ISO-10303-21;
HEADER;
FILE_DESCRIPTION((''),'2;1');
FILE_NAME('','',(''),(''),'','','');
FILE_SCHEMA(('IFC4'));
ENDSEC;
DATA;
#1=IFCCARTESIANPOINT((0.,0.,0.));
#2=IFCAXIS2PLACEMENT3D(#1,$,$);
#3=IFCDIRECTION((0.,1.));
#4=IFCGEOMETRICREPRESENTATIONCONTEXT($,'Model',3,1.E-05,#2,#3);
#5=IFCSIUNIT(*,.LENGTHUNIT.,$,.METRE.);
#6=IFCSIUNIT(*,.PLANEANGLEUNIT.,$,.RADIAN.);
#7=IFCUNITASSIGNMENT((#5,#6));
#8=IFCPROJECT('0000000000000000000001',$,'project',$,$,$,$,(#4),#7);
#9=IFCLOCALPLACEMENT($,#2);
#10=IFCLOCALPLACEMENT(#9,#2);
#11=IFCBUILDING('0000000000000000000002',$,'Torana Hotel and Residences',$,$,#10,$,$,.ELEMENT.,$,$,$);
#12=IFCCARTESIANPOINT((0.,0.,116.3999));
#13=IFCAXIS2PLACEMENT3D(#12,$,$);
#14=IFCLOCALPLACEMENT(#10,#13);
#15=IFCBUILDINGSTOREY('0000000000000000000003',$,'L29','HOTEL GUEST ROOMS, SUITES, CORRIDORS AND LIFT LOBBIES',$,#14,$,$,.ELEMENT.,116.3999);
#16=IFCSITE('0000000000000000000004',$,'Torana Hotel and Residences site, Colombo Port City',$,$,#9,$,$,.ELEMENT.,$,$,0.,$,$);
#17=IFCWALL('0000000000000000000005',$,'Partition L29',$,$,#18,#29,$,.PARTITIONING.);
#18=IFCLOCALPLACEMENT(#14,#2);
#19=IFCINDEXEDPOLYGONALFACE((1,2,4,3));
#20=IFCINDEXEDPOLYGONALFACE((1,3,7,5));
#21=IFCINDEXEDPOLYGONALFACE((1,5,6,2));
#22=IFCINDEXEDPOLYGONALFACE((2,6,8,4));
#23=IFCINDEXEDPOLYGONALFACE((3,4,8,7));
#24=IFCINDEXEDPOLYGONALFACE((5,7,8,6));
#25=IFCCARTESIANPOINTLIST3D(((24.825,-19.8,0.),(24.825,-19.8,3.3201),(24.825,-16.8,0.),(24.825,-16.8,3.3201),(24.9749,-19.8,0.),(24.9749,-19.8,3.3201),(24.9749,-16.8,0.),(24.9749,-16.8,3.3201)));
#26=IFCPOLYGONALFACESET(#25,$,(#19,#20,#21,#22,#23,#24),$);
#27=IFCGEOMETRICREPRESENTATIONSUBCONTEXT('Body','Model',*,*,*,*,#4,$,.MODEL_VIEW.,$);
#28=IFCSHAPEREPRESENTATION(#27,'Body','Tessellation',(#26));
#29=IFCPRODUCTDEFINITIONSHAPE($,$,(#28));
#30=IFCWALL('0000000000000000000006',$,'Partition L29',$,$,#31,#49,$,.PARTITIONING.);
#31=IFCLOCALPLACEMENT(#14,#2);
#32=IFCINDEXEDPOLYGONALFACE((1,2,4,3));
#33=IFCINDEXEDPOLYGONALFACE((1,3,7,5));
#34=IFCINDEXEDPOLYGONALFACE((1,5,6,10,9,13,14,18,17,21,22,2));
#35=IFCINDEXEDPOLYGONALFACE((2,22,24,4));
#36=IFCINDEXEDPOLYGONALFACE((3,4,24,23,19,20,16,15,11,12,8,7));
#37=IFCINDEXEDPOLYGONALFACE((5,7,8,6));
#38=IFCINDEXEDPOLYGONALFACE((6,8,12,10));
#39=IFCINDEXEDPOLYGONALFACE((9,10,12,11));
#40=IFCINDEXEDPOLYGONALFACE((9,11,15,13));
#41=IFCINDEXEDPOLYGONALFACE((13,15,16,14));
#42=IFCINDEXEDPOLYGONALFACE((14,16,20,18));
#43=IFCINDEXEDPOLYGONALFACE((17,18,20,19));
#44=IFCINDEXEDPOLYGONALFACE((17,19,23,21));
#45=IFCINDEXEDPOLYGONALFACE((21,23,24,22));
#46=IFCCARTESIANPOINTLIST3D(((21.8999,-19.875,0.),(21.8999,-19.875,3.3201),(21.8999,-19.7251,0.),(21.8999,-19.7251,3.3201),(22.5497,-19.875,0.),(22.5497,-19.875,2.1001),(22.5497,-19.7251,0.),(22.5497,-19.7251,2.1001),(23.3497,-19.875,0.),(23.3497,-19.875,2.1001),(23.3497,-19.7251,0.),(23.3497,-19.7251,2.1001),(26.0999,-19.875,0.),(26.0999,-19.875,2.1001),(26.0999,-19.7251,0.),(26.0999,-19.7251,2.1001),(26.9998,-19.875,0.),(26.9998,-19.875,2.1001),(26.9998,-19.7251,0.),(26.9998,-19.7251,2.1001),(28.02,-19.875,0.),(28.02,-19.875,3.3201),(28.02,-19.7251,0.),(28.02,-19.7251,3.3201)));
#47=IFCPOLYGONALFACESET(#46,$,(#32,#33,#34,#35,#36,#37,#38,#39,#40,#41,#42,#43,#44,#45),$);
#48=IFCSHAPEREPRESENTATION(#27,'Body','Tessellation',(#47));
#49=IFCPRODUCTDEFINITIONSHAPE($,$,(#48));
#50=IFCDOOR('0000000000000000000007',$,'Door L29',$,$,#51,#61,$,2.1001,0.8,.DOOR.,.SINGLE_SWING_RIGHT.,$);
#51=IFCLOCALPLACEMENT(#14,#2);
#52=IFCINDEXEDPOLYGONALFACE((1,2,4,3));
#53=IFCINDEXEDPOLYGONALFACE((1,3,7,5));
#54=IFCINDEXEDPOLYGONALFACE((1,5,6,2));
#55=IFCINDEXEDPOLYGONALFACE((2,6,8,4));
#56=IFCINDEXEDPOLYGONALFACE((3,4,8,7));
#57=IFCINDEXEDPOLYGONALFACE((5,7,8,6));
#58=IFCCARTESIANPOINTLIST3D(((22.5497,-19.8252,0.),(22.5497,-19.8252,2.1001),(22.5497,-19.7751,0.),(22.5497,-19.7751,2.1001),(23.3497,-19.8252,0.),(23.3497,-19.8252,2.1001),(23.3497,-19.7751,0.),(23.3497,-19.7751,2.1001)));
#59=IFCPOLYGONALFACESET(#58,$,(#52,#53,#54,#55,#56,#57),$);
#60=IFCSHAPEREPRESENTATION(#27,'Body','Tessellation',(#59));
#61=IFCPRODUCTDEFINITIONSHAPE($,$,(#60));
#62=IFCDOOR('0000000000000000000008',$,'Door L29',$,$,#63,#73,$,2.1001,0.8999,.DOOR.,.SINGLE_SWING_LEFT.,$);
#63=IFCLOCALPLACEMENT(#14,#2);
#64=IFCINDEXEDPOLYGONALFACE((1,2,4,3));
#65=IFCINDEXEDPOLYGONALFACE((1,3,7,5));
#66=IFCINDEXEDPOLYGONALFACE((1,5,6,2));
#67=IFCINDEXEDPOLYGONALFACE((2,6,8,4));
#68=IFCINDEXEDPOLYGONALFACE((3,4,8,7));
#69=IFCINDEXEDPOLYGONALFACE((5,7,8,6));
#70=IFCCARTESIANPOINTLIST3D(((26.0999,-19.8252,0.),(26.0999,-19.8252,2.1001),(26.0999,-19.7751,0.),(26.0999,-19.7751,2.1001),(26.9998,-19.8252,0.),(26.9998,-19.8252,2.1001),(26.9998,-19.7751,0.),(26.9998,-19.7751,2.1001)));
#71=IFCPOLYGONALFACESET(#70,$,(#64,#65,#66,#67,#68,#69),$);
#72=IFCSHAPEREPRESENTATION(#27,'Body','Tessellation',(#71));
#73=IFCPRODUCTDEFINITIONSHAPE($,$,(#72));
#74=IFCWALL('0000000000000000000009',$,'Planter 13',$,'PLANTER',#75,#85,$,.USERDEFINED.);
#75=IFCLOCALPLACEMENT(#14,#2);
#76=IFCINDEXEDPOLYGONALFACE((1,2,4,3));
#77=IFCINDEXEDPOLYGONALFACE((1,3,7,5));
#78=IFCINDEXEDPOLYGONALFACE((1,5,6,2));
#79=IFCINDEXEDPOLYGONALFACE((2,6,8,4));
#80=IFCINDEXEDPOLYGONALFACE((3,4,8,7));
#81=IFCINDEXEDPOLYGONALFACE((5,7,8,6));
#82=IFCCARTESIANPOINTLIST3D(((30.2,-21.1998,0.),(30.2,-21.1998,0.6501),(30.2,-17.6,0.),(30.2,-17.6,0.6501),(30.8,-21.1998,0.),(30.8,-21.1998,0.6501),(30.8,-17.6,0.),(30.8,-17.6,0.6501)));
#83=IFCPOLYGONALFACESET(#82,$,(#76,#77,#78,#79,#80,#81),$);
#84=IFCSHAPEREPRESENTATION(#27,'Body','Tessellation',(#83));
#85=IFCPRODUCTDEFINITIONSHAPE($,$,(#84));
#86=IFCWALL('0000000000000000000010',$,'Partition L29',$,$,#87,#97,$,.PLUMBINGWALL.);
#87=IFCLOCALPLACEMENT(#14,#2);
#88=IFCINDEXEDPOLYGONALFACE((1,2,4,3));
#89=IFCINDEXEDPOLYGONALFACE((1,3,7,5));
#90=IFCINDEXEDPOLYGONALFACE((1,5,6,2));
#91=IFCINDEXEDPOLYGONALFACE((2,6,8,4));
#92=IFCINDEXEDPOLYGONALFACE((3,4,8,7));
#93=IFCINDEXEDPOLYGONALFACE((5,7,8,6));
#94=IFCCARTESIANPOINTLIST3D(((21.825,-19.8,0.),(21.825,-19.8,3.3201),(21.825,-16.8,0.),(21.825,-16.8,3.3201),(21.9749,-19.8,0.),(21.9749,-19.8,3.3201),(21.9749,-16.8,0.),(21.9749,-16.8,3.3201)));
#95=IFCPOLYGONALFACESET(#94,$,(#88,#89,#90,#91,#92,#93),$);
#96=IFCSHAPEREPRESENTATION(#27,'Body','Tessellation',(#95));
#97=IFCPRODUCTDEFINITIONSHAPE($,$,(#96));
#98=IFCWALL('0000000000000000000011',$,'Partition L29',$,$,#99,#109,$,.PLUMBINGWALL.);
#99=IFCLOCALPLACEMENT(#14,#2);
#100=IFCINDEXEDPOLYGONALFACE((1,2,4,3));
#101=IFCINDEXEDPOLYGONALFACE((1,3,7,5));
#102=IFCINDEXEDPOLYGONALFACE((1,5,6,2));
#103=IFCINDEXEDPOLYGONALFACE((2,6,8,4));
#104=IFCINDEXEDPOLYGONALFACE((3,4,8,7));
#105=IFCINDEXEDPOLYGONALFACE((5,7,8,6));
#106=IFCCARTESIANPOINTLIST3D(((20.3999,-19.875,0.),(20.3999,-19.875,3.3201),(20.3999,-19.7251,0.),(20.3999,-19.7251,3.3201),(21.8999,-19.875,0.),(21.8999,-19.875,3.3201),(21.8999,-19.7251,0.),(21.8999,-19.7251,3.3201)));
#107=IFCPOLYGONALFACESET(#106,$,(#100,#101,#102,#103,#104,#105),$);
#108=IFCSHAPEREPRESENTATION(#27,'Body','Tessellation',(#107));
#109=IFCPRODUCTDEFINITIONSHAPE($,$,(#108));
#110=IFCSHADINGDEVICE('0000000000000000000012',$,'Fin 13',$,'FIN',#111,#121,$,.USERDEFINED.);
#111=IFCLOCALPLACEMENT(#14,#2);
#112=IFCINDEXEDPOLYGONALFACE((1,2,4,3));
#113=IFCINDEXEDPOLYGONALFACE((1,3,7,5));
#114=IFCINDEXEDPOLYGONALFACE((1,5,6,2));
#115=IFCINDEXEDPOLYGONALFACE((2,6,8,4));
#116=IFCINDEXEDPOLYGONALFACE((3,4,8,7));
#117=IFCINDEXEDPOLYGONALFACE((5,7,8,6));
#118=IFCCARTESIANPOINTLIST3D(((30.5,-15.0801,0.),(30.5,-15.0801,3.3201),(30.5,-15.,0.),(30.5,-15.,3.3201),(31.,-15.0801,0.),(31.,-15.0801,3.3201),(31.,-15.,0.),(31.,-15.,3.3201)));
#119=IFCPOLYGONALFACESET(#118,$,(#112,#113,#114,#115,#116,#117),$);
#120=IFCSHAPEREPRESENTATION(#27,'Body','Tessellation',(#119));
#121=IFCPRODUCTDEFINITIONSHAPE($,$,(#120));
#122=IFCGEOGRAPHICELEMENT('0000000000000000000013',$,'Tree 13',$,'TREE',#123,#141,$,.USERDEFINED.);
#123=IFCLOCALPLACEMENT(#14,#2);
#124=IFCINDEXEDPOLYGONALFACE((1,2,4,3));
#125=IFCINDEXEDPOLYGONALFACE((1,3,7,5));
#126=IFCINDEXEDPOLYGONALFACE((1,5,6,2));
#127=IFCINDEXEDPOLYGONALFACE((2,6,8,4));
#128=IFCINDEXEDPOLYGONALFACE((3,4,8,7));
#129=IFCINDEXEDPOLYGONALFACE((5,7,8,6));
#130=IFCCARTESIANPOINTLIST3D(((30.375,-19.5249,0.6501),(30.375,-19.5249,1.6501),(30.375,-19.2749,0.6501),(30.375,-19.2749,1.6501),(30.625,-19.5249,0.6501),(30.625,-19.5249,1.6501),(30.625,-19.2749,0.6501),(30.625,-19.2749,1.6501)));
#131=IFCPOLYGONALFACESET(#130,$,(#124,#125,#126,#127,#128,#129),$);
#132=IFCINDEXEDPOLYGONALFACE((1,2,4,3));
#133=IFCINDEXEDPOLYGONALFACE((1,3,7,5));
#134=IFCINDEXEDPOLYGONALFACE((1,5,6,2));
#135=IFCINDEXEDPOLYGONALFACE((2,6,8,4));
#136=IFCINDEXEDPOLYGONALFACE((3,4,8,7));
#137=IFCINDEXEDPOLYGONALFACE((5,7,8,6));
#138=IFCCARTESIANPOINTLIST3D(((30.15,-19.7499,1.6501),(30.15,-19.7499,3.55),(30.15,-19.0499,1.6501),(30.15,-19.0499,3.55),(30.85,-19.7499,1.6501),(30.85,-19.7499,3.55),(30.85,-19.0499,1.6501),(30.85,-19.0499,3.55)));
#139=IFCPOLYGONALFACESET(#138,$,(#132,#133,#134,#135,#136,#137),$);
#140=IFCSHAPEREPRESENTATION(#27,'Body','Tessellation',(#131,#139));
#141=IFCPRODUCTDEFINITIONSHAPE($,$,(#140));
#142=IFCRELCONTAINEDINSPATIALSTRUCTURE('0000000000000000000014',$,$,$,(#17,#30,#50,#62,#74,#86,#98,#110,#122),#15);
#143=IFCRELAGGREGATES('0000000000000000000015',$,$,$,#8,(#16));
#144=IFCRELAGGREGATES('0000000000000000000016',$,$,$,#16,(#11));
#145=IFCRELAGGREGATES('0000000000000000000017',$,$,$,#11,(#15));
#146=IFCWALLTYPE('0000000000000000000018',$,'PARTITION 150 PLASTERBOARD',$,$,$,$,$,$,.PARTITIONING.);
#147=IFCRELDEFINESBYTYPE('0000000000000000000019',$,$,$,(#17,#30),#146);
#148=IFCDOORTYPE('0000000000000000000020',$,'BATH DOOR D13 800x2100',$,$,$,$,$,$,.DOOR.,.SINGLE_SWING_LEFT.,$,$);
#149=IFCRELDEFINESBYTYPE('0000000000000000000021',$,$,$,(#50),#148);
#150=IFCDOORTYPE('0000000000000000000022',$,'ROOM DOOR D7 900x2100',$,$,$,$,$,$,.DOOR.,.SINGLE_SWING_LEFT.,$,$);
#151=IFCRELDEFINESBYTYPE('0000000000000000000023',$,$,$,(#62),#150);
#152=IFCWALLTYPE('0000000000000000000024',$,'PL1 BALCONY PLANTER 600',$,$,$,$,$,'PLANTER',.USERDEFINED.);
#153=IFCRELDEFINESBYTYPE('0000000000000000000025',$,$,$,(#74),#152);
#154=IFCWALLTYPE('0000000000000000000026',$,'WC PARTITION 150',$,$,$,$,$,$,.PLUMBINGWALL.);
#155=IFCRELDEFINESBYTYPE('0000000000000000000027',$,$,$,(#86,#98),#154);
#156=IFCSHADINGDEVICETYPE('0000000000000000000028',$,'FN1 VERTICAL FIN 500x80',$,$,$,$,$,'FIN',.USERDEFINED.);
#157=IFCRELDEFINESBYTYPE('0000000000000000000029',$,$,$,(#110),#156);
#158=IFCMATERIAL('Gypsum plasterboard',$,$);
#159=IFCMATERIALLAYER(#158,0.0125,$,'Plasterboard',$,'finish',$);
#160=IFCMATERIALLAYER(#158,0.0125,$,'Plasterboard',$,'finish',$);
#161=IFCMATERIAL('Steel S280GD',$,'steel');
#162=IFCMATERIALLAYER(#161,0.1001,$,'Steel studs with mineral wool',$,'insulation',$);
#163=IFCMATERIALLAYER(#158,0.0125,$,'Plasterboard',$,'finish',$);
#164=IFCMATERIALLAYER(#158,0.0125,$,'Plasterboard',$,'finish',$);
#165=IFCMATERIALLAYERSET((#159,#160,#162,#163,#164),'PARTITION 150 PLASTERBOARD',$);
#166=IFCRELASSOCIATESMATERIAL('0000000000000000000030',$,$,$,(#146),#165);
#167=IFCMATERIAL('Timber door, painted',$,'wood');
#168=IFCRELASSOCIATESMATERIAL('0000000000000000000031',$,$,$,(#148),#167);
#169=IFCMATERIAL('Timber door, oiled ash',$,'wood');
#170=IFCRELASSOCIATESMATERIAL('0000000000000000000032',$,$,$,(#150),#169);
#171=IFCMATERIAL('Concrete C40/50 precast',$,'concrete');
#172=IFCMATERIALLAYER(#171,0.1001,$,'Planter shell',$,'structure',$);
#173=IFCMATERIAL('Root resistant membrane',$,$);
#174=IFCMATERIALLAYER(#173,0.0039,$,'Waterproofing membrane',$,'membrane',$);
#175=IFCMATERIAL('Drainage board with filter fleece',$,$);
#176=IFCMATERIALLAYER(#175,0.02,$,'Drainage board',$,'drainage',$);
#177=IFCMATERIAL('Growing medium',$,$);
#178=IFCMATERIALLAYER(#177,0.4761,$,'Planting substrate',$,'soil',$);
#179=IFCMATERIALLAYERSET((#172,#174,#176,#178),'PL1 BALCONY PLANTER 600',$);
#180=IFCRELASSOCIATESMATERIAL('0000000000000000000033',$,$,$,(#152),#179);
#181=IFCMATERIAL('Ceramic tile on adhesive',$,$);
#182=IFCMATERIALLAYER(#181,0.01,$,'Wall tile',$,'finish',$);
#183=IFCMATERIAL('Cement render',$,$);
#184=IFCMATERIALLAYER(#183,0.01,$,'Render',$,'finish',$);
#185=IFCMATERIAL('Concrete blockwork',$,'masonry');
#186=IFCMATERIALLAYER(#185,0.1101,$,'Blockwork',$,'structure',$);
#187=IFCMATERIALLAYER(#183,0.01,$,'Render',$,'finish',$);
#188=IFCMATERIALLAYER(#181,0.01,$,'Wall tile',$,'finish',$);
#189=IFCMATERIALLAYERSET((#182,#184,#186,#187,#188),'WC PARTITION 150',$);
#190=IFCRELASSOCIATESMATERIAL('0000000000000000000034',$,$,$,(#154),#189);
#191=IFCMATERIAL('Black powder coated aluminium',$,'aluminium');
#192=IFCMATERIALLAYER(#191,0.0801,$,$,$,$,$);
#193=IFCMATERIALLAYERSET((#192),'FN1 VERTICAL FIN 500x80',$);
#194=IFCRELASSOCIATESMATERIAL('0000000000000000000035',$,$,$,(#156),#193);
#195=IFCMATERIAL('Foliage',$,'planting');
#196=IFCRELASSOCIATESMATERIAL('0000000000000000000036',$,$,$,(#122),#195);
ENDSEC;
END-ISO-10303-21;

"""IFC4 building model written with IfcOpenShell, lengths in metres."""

from ifc_helpers import new_model, si_unit, direction, frame, frame_2d, origin, origin_2d, place, context, subcontext, project, spatial, rectangle, extrude, material, layer, layer_set, type_object, element, fill, save


model = new_model("IFC4")

# Units and contexts
model_context = context("Model", 3, precision=1e-05, world=origin(), true_north=direction((0.0, 1.0)))
body_context = subcontext(model_context, "Body", "Model", "MODEL_VIEW")
ifc_project = project(units=[si_unit("LENGTHUNIT", "METRE"), si_unit("PLANEANGLEUNIT", "RADIAN")], contexts=[model_context])

# Site, building, storey
site_placement = place(None, origin())
site = spatial("IfcSite", under=ifc_project, at=site_placement, Name="Torana Hotel and Residences site, Colombo Port City", CompositionType="ELEMENT", RefElevation=0.0)
building_placement = place(site_placement, origin())
building = spatial("IfcBuilding", under=site, at=building_placement, Name="Torana Hotel and Residences", CompositionType="ELEMENT")
storey_placement = place(building_placement, frame((0.0, 0.0, 116.3999)))
storey = spatial("IfcBuildingStorey", under=building, at=storey_placement, Name="L29", Description="HOTEL GUEST ROOMS, SUITES, CORRIDORS AND LIFT LOBBIES", CompositionType="ELEMENT", Elevation=116.3999)

# Shared definitions
ifc_material_1 = material(Name="Concrete blockwork", Category="masonry")

# Wall
ifc_material_2 = material(Name="Gypsum plasterboard")
ifc_layer_1 = layer(ifc_material_2, 0.0125, Name="Plasterboard", Category="finish")
ifc_layer_2 = layer(ifc_material_2, 0.0125, Name="Plasterboard", Category="finish")
ifc_material_3 = material(Name="Steel S280GD", Category="steel")
ifc_layer_3 = layer(ifc_material_3, 0.1001, Name="Steel studs with mineral wool", Category="insulation")
ifc_layer_4 = layer(ifc_material_2, 0.0125, Name="Plasterboard", Category="finish")
ifc_layer_5 = layer(ifc_material_2, 0.0125, Name="Plasterboard", Category="finish")
ifc_layer_set_1 = layer_set([ifc_layer_1, ifc_layer_2, ifc_layer_3, ifc_layer_4, ifc_layer_5], Name="PARTITION 150 PLASTERBOARD")
wall_type_1 = type_object("IfcWallType", Name="PARTITION 150 PLASTERBOARD", PredefinedType="PARTITIONING", material=ifc_layer_set_1)
wall_1_placement = place(storey_placement, frame((24.8999, -19.8, 0.0), z_axis=(0.0, 0.0, 1.0), x_axis=(0.0, 1.0, 0.0)))
element("IfcWall", 1, at=wall_1_placement, inside=storey, type_object=wall_type_1, Name="Partition L29", PredefinedType="PARTITIONING", context=body_context, shape_type="SweptSolid", body=[
    extrude(rectangle(XDim=3.0, YDim=0.1499, at=frame_2d((1.5, 0.0))), origin(), (0.0, 0.0, 1.0), 3.3201),
])

# Wall, openings, doors
wall_2_placement = place(storey_placement, frame((21.8999, -19.8, 0.0), z_axis=(0.0, 0.0, 1.0), x_axis=(1.0, 0.0, 0.0)))
wall_2 = element("IfcWall", 2, at=wall_2_placement, inside=storey, type_object=wall_type_1, Name="Partition L29", PredefinedType="PARTITIONING", context=body_context, shape_type="SweptSolid", body=[
    extrude(rectangle(XDim=6.1201, YDim=0.1499, at=frame_2d((3.0601, 0.0))), origin(), (0.0, 0.0, 1.0), 3.3201),
])
opening_1_placement = place(wall_2_placement, frame((0.6499, 0.0, 0.0)))
opening_1 = element("IfcOpeningElement", 3, at=opening_1_placement, cuts=wall_2, PredefinedType="OPENING", context=body_context, shape_type="SweptSolid", body=[
    extrude(rectangle(XDim=0.8, YDim=2.1001, at=frame_2d((0.3999, 1.05))), frame((0.0, 0.085, 0.0), z_axis=(0.0, -1.0, 0.0), x_axis=(1.0, 0.0, 0.0)), (0.0, 0.0, 1.0), 0.1699),
])
opening_2_placement = place(wall_2_placement, frame((4.2, 0.0, 0.0)))
opening_2 = element("IfcOpeningElement", 4, at=opening_2_placement, cuts=wall_2, PredefinedType="OPENING", context=body_context, shape_type="SweptSolid", body=[
    extrude(rectangle(XDim=0.8999, YDim=2.1001, at=frame_2d((0.45, 1.05))), frame((0.0, 0.085, 0.0), z_axis=(0.0, -1.0, 0.0), x_axis=(1.0, 0.0, 0.0)), (0.0, 0.0, 1.0), 0.1699),
])
ifc_material_4 = material(Name="Timber door, painted", Category="wood")
door_type_1 = type_object("IfcDoorType", Name="BATH DOOR D13 800x2100", OperationType="SINGLE_SWING_LEFT", PredefinedType="DOOR", material=ifc_material_4)
door_1_placement = place(opening_1_placement, origin())
door_1 = element("IfcDoor", 5, at=door_1_placement, inside=storey, type_object=door_type_1, Name="Door L29", OperationType="SINGLE_SWING_RIGHT", OverallHeight=2.1001, OverallWidth=0.8, PredefinedType="DOOR", context=body_context, shape_type="SweptSolid", body=[
    extrude(rectangle(XDim=0.8, YDim=2.1001, at=frame_2d((0.3999, 1.05))), frame((0.0, 0.0249, 0.0), z_axis=(0.0, -1.0, 0.0), x_axis=(1.0, 0.0, 0.0)), (0.0, 0.0, 1.0), 0.05),
])
fill(opening_1, door_1)
ifc_material_5 = material(Name="Timber door, oiled ash", Category="wood")
door_type_2 = type_object("IfcDoorType", Name="ROOM DOOR D7 900x2100", OperationType="SINGLE_SWING_LEFT", PredefinedType="DOOR", material=ifc_material_5)
door_2_placement = place(opening_2_placement, origin())
door_2 = element("IfcDoor", 6, at=door_2_placement, inside=storey, type_object=door_type_2, Name="Door L29", OperationType="SINGLE_SWING_LEFT", OverallHeight=2.1001, OverallWidth=0.8999, PredefinedType="DOOR", context=body_context, shape_type="SweptSolid", body=[
    extrude(rectangle(XDim=0.8999, YDim=2.1001, at=frame_2d((0.45, 1.05))), frame((0.0, 0.0249, 0.0), z_axis=(0.0, -1.0, 0.0), x_axis=(1.0, 0.0, 0.0)), (0.0, 0.0, 1.0), 0.05),
])
fill(opening_2, door_2)

# Walls
ifc_material_6 = material(Name="Concrete C40/50 precast", Category="concrete")
ifc_layer_6 = layer(ifc_material_6, 0.1001, Name="Planter shell", Category="structure")
ifc_material_7 = material(Name="Root resistant membrane")
ifc_layer_7 = layer(ifc_material_7, 0.0039, Name="Waterproofing membrane", Category="membrane")
ifc_material_8 = material(Name="Drainage board with filter fleece")
ifc_layer_8 = layer(ifc_material_8, 0.02, Name="Drainage board", Category="drainage")
ifc_material_9 = material(Name="Growing medium")
ifc_layer_9 = layer(ifc_material_9, 0.4761, Name="Planting substrate", Category="soil")
ifc_layer_set_2 = layer_set([ifc_layer_6, ifc_layer_7, ifc_layer_8, ifc_layer_9], Name="PL1 BALCONY PLANTER 600")
wall_type_2 = type_object("IfcWallType", Name="PL1 BALCONY PLANTER 600", ElementType="PLANTER", PredefinedType="USERDEFINED", material=ifc_layer_set_2)
wall_3_placement = place(storey_placement, frame((30.5, -17.6001, 0.0), z_axis=(0.0, 0.0, 1.0), x_axis=(0.0, -1.0, 0.0)))
element("IfcWall", 7, at=wall_3_placement, inside=storey, type_object=wall_type_2, Name="Planter 13", ObjectType="PLANTER", PredefinedType="USERDEFINED", context=body_context, shape_type="SweptSolid", body=[
    extrude(rectangle(XDim=3.5999, YDim=0.6001, at=frame_2d((1.7998, 0.0))), origin(), (0.0, 0.0, 1.0), 0.6501),
])
ifc_material_10 = material(Name="Ceramic tile on adhesive")
ifc_layer_10 = layer(ifc_material_10, 0.01, Name="Wall tile", Category="finish")
ifc_material_11 = material(Name="Cement render")
ifc_layer_11 = layer(ifc_material_11, 0.01, Name="Render", Category="finish")
ifc_layer_12 = layer(ifc_material_1, 0.1101, Name="Blockwork", Category="structure")
ifc_layer_13 = layer(ifc_material_11, 0.01, Name="Render", Category="finish")
ifc_layer_14 = layer(ifc_material_10, 0.01, Name="Wall tile", Category="finish")
ifc_layer_set_3 = layer_set([ifc_layer_10, ifc_layer_11, ifc_layer_12, ifc_layer_13, ifc_layer_14], Name="WC PARTITION 150")
wall_type_3 = type_object("IfcWallType", Name="WC PARTITION 150", PredefinedType="PLUMBINGWALL", material=ifc_layer_set_3)
wall_4_placement = place(storey_placement, frame((21.8999, -19.8, 0.0), z_axis=(0.0, 0.0, 1.0), x_axis=(0.0, 1.0, 0.0)))
element("IfcWall", 8, at=wall_4_placement, inside=storey, type_object=wall_type_3, Name="Partition L29", PredefinedType="PLUMBINGWALL", context=body_context, shape_type="SweptSolid", body=[
    extrude(rectangle(XDim=3.0, YDim=0.1499, at=frame_2d((1.5, 0.0))), origin(), (0.0, 0.0, 1.0), 3.3201),
])
wall_5_placement = place(storey_placement, frame((20.3999, -19.8, 0.0), z_axis=(0.0, 0.0, 1.0), x_axis=(1.0, 0.0, 0.0)))
element("IfcWall", 9, at=wall_5_placement, inside=storey, type_object=wall_type_3, Name="Partition L29", PredefinedType="PLUMBINGWALL", context=body_context, shape_type="SweptSolid", body=[
    extrude(rectangle(XDim=1.5, YDim=0.1499, at=frame_2d((0.75, 0.0))), origin(), (0.0, 0.0, 1.0), 3.3201),
])

# Shading device
ifc_material_12 = material(Name="Black powder coated aluminium", Category="aluminium")
ifc_layer_15 = layer(ifc_material_12, 0.0801)
ifc_layer_set_4 = layer_set([ifc_layer_15], Name="FN1 VERTICAL FIN 500x80")
shading_device_type = type_object("IfcShadingDeviceType", Name="FN1 VERTICAL FIN 500x80", ElementType="FIN", PredefinedType="USERDEFINED", material=ifc_layer_set_4)
shading_device_placement = place(storey_placement, frame((30.75, -15.04, 0.0), z_axis=(0.0, 0.0, 1.0), x_axis=(0.0, -1.0, 0.0)))
element("IfcShadingDevice", 10, at=shading_device_placement, inside=storey, type_object=shading_device_type, Name="Fin 13", ObjectType="FIN", PredefinedType="USERDEFINED", context=body_context, shape_type="SweptSolid", body=[
    extrude(rectangle(XDim=0.0801, YDim=0.5, at=origin_2d()), origin(), (0.0, 0.0, 1.0), 3.3201),
])

# Geographic element
ifc_material_13 = material(Name="Foliage", Category="planting")
geographic_element_placement = place(storey_placement, frame((30.5, -19.3999, 0.6501), z_axis=(0.0, 0.0, 1.0), x_axis=(1.0, 0.0, 0.0)))
element("IfcGeographicElement", 11, at=geographic_element_placement, inside=storey, material=ifc_material_13, Name="Tree 13", ObjectType="TREE", PredefinedType="USERDEFINED", context=body_context, shape_type="SweptSolid", body=[
    extrude(rectangle(XDim=0.25, YDim=0.25, at=origin_2d()), origin(), (0.0, 0.0, 1.0), 1.0),
    extrude(rectangle(XDim=0.7, YDim=0.7, at=origin_2d()), frame((0.0, 0.0, 1.0)), (0.0, 0.0, 1.0), 1.8999),
])

save(model, "model.ifc")
